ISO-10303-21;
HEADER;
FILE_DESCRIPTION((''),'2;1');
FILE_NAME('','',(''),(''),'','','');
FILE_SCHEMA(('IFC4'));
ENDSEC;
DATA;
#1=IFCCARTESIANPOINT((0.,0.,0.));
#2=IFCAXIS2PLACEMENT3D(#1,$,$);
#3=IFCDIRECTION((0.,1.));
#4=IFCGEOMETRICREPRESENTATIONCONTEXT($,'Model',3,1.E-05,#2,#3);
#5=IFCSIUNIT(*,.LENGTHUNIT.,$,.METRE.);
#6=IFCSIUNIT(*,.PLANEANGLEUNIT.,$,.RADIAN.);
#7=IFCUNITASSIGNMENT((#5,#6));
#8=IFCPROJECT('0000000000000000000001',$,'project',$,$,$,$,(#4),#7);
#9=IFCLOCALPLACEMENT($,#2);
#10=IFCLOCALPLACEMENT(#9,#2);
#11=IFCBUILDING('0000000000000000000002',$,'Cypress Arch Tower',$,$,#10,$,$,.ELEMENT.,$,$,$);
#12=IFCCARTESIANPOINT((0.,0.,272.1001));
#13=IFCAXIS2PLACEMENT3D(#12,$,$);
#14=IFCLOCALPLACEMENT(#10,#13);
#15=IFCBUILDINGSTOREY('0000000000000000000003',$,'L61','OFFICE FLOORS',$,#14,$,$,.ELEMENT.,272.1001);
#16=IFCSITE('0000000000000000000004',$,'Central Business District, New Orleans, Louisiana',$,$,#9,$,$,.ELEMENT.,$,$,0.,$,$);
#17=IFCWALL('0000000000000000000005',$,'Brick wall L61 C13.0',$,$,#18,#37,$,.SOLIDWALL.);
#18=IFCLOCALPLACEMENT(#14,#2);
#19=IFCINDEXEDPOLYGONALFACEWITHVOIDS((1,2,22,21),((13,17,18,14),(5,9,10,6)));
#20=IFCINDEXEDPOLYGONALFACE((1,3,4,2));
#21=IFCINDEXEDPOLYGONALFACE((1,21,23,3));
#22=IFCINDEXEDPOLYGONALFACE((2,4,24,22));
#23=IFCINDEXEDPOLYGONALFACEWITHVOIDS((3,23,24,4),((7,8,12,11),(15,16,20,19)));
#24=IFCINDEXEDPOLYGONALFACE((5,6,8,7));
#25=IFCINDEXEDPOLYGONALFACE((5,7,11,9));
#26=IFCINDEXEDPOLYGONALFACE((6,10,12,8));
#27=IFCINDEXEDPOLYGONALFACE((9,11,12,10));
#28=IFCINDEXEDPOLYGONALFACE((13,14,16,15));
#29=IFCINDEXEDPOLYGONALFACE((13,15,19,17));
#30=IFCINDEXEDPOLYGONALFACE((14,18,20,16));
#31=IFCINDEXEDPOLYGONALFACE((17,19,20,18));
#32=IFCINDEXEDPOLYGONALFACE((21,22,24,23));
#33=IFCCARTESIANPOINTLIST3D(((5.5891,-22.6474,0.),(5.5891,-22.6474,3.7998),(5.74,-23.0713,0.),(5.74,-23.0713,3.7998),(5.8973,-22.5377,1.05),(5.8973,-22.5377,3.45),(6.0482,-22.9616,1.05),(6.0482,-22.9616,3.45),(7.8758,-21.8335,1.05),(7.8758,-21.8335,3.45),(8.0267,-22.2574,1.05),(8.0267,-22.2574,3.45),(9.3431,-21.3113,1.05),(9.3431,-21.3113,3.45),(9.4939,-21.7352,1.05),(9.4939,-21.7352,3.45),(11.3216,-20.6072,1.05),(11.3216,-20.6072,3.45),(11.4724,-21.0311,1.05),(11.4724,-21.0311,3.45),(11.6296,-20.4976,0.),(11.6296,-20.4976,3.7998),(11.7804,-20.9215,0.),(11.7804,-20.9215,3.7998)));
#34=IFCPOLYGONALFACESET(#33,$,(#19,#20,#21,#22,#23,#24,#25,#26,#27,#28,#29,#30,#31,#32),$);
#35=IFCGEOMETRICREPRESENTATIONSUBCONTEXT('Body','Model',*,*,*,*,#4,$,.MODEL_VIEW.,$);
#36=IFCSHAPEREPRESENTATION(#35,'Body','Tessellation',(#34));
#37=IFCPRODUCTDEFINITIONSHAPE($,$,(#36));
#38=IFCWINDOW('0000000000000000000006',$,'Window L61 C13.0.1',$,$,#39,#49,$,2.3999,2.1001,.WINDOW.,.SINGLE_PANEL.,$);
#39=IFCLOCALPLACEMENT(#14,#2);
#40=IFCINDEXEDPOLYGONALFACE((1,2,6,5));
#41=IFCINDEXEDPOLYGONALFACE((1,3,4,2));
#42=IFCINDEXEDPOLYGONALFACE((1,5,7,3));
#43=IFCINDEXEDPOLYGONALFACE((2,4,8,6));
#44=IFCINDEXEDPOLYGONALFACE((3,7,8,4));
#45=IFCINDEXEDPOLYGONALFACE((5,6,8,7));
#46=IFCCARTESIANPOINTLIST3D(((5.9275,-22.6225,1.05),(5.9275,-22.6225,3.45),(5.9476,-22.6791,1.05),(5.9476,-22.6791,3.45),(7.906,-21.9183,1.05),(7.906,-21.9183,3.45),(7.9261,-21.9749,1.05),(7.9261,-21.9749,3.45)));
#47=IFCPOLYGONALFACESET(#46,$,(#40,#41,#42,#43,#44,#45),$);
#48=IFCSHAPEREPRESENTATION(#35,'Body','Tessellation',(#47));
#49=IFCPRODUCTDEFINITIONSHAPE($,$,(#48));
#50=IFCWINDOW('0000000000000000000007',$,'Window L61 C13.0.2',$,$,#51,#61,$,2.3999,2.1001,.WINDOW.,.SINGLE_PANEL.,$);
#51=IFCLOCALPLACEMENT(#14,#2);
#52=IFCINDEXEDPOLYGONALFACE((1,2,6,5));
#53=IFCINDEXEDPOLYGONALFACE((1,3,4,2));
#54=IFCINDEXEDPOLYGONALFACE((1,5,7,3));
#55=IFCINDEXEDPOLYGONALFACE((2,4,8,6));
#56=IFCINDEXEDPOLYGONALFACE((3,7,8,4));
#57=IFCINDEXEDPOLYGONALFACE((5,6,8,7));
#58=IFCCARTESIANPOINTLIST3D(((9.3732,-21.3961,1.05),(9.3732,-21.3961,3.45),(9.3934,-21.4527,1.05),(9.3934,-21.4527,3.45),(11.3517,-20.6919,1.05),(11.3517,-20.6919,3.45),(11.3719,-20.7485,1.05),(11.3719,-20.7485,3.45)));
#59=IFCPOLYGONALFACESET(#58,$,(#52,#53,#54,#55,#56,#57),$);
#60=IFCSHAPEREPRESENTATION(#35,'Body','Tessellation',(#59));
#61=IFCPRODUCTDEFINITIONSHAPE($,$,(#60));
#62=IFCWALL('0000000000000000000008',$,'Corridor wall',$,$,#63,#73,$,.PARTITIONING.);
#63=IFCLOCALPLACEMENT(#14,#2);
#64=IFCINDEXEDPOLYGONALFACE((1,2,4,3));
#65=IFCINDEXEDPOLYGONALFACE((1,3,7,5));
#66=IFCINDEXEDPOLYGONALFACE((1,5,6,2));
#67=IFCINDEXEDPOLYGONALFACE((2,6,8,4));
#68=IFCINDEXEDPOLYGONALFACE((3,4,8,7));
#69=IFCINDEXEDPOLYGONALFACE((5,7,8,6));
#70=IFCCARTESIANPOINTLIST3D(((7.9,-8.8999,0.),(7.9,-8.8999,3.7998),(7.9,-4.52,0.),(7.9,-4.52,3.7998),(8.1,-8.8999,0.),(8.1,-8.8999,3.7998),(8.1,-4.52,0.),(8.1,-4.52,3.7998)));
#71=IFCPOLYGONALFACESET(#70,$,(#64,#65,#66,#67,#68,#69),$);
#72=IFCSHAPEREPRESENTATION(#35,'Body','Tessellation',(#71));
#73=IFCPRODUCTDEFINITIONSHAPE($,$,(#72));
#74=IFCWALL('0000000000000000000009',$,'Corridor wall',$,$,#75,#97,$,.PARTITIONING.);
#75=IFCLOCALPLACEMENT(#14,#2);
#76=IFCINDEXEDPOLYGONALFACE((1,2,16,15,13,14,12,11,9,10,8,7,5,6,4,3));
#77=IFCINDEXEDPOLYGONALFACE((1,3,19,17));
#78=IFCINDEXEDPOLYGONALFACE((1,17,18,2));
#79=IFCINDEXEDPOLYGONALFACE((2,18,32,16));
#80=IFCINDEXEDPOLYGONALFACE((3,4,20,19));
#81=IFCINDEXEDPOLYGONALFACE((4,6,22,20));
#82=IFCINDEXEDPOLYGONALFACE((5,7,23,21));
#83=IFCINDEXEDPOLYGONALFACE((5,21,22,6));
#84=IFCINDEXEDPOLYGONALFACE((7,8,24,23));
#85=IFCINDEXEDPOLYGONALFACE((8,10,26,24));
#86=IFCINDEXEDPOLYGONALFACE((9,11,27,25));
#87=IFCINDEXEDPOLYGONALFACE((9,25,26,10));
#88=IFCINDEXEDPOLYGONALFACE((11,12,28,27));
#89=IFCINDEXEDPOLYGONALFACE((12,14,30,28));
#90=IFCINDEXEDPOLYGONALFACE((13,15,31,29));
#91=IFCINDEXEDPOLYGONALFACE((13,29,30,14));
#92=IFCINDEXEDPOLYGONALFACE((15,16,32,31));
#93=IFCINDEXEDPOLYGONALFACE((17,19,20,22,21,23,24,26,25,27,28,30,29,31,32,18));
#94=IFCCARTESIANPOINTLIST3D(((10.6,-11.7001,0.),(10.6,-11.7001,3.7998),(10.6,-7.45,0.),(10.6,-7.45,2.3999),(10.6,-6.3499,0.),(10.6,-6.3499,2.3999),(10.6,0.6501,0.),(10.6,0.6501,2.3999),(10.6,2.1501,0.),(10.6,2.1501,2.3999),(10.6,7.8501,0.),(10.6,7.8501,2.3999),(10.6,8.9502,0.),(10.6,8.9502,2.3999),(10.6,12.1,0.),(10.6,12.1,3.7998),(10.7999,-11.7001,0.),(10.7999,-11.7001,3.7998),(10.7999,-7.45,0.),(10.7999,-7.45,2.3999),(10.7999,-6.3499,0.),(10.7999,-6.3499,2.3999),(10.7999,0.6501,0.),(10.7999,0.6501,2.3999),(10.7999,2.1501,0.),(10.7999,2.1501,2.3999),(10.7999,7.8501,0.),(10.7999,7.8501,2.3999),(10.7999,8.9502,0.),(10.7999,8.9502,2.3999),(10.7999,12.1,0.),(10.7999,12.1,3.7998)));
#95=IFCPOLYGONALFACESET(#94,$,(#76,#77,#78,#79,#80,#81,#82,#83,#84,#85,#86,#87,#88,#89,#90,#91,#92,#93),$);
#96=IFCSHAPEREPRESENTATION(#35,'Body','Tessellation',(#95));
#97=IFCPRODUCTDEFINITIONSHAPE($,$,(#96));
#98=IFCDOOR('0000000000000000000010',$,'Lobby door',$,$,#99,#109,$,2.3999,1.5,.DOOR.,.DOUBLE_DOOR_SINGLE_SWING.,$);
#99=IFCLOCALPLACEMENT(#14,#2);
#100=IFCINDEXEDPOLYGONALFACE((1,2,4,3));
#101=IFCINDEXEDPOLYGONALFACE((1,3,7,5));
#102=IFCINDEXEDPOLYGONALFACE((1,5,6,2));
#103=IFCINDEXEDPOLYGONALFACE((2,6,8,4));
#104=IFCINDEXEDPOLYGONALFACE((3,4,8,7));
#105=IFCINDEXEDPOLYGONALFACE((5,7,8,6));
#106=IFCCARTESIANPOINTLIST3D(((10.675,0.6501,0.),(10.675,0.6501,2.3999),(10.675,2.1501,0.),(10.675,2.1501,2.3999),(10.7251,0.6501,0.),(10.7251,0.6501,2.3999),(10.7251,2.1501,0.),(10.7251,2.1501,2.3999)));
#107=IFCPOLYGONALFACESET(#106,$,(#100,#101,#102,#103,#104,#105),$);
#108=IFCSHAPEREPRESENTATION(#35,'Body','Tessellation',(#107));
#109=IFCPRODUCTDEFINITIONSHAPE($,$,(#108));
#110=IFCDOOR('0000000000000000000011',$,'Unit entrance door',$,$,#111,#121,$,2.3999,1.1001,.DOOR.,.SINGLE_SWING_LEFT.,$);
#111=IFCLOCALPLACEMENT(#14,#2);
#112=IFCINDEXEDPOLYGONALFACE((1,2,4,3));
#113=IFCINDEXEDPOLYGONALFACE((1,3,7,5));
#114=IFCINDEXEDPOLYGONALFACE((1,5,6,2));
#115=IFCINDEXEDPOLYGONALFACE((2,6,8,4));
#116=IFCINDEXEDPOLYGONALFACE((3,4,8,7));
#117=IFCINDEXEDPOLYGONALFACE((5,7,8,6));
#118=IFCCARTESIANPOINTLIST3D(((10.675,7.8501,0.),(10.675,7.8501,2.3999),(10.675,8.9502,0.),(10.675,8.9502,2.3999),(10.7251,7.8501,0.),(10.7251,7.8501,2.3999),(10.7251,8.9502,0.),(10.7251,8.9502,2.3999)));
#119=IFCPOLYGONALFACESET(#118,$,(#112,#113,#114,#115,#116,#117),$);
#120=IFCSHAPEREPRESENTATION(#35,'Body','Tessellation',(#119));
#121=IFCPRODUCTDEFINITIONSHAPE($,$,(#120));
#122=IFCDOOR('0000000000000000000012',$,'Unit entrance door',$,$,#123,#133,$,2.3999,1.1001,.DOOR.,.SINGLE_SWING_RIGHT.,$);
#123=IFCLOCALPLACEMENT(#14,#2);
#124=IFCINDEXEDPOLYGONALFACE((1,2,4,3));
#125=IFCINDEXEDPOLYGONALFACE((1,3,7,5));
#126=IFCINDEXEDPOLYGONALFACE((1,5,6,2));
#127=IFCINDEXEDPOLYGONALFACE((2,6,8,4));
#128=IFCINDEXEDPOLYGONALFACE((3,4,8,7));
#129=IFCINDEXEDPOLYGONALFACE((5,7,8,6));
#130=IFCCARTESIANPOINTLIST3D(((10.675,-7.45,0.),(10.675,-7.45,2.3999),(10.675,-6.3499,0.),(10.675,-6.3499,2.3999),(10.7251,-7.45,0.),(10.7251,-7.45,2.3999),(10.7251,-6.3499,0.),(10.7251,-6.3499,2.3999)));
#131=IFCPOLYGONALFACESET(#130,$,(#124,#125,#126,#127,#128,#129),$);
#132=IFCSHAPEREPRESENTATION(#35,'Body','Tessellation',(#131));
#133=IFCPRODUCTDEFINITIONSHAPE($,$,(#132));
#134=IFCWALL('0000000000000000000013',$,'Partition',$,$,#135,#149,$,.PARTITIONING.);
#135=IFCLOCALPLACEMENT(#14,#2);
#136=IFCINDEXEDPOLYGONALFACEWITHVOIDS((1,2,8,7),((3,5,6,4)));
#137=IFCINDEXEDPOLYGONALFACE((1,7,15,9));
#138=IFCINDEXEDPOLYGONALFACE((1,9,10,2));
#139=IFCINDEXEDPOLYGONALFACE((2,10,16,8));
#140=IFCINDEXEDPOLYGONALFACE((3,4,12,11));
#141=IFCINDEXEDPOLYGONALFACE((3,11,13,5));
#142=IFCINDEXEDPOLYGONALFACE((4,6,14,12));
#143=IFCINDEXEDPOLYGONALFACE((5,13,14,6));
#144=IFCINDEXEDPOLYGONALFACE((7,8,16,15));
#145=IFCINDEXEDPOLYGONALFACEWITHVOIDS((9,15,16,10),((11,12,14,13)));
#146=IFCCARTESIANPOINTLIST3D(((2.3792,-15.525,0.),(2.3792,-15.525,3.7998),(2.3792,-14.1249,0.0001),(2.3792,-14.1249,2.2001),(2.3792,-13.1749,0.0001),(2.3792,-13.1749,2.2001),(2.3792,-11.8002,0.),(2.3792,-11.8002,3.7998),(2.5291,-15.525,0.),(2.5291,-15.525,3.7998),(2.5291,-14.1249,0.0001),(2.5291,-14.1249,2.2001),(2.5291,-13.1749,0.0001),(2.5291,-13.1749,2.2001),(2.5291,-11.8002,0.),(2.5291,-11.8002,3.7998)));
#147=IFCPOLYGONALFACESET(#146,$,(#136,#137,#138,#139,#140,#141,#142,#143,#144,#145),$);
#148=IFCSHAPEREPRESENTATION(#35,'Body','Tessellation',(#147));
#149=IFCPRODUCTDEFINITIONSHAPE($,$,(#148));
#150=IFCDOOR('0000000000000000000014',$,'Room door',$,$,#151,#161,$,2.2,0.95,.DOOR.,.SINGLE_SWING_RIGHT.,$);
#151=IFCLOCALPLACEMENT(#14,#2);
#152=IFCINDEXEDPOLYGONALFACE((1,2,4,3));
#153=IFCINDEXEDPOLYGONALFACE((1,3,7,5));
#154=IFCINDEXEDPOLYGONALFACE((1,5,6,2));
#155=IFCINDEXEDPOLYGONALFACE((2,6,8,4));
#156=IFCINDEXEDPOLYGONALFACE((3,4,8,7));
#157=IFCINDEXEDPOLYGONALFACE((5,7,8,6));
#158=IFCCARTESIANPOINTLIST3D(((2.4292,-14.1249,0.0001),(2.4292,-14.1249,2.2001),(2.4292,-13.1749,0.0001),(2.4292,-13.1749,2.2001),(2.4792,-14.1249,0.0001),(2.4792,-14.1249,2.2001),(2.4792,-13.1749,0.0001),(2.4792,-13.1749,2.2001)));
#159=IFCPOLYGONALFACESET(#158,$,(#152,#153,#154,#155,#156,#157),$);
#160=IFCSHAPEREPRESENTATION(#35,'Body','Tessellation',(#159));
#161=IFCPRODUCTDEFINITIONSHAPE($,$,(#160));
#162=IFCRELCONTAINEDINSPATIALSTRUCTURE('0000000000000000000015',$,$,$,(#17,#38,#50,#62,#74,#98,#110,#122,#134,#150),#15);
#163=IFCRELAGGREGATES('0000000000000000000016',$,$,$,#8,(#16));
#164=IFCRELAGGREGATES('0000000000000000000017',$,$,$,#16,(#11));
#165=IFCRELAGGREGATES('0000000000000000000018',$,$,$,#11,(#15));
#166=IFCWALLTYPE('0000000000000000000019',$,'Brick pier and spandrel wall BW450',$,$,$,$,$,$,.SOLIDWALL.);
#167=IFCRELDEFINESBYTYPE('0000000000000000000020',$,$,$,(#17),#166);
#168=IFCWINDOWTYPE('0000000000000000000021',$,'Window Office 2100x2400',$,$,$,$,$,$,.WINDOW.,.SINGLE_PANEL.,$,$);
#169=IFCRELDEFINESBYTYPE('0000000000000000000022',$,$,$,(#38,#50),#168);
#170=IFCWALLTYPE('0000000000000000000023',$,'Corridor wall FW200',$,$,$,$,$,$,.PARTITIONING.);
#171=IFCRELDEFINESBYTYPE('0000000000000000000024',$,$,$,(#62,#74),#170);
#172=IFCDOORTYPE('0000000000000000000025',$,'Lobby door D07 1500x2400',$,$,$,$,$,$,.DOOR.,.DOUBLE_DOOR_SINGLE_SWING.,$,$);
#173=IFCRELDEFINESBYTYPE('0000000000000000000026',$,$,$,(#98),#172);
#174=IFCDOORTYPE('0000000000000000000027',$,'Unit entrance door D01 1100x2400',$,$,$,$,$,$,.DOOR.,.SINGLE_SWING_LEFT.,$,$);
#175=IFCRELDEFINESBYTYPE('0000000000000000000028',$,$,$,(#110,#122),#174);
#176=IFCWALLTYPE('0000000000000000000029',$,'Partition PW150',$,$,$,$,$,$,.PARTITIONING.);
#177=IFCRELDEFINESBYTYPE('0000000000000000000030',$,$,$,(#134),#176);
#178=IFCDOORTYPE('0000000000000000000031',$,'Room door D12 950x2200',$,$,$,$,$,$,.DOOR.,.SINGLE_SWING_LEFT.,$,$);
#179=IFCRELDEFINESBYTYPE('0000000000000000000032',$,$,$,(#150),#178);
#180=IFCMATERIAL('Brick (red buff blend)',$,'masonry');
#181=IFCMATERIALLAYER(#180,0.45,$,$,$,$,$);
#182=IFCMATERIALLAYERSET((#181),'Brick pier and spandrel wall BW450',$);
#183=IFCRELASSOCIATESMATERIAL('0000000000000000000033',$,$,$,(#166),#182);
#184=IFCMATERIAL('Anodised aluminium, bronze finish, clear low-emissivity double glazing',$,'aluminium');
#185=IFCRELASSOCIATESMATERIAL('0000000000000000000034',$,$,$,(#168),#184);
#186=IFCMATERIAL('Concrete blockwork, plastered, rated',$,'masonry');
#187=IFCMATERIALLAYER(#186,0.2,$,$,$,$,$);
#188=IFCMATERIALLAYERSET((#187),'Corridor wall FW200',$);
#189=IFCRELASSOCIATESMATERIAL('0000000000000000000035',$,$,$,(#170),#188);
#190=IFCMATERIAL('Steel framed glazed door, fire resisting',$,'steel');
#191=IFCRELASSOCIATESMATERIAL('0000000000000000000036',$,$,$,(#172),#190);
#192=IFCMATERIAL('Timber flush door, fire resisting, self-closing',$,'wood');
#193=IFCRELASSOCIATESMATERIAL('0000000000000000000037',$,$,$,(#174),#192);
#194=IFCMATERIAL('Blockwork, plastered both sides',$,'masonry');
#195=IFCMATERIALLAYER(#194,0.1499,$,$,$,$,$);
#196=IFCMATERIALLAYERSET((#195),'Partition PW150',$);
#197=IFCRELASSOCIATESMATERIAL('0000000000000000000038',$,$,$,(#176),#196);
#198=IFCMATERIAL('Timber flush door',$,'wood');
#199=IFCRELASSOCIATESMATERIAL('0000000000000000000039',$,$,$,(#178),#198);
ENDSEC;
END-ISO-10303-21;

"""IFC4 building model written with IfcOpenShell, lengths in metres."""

from ifc_helpers import new_model, si_unit, direction, frame, frame_2d, origin, place, context, subcontext, project, spatial, rectangle, extrude, material, layer, layer_set, type_object, element, fill, save


model = new_model("IFC4")

# Units and contexts
model_context = context("Model", 3, precision=1e-05, world=origin(), true_north=direction((0.0, 1.0)))
body_context = subcontext(model_context, "Body", "Model", "MODEL_VIEW")
ifc_project = project(units=[si_unit("LENGTHUNIT", "METRE"), si_unit("PLANEANGLEUNIT", "RADIAN")], contexts=[model_context])

# Site, building, storey
site_placement = place(None, origin())
site = spatial("IfcSite", under=ifc_project, at=site_placement, Name="Central Business District, New Orleans, Louisiana", CompositionType="ELEMENT", RefElevation=0.0)
building_placement = place(site_placement, origin())
building = spatial("IfcBuilding", under=site, at=building_placement, Name="Cypress Arch Tower", CompositionType="ELEMENT")
storey_placement = place(building_placement, frame((0.0, 0.0, 272.1001)))
storey = spatial("IfcBuildingStorey", under=building, at=storey_placement, Name="L61", Description="OFFICE FLOORS", CompositionType="ELEMENT", Elevation=272.1001)

# Wall, openings, windows
ifc_material_1 = material(Name="Brick (red buff blend)", Category="masonry")
ifc_layer_1 = layer(ifc_material_1, 0.45)
ifc_layer_set_1 = layer_set([ifc_layer_1], Name="Brick pier and spandrel wall BW450")
wall_type_1 = type_object("IfcWallType", Name="Brick pier and spandrel wall BW450", PredefinedType="SOLIDWALL", material=ifc_layer_set_1)
wall_1_placement = place(storey_placement, frame((5.6646, -22.8594, 0.0), z_axis=(0.0, 0.0, 1.0), x_axis=(0.942108, 0.335309, 0.0)))
wall_1 = element("IfcWall", 1, at=wall_1_placement, inside=storey, type_object=wall_type_1, Name="Brick wall L61 C13.0", PredefinedType="SOLIDWALL", context=body_context, shape_type="SweptSolid", body=[
    extrude(rectangle(XDim=6.4116, YDim=0.45, at=frame_2d((3.2058, 0.0))), origin(), (0.0, 0.0, 1.0), 3.7998),
])
opening_1_placement = place(wall_1_placement, frame((0.3271, 0.0, 1.05)))
opening_1 = element("IfcOpeningElement", 2, at=opening_1_placement, cuts=wall_1, PredefinedType="OPENING", context=body_context, shape_type="SweptSolid", body=[
    extrude(rectangle(XDim=2.1001, YDim=2.3999, at=frame_2d((1.05, 1.2))), frame((0.0, 0.2349, 0.0), z_axis=(0.0, -1.0, 0.0), x_axis=(1.0, 0.0, 0.0)), (0.0, 0.0, 1.0), 0.47),
])
opening_2_placement = place(wall_1_placement, frame((3.9846, 0.0, 1.05)))
opening_2 = element("IfcOpeningElement", 3, at=opening_2_placement, cuts=wall_1, PredefinedType="OPENING", context=body_context, shape_type="SweptSolid", body=[
    extrude(rectangle(XDim=2.1001, YDim=2.3999, at=frame_2d((1.05, 1.2))), frame((0.0, 0.2349, 0.0), z_axis=(0.0, -1.0, 0.0), x_axis=(1.0, 0.0, 0.0)), (0.0, 0.0, 1.0), 0.47),
])
ifc_material_2 = material(Name="Anodised aluminium, bronze finish, clear low-emissivity double glazing", Category="aluminium")
window_type = type_object("IfcWindowType", Name="Window Office 2100x2400", PartitioningType="SINGLE_PANEL", PredefinedType="WINDOW", material=ifc_material_2)
window_1_placement = place(opening_1_placement, origin())
window_1 = element("IfcWindow", 4, at=window_1_placement, inside=storey, type_object=window_type, Name="Window L61 C13.0.1", OverallHeight=2.3999, OverallWidth=2.1001, PartitioningType="SINGLE_PANEL", PredefinedType="WINDOW", context=body_context, shape_type="SweptSolid", body=[
    extrude(rectangle(XDim=2.1001, YDim=2.3999, at=frame_2d((1.05, 1.2))), frame((0.0, 0.135, 0.0), z_axis=(0.0, -1.0, 0.0), x_axis=(1.0, 0.0, 0.0)), (0.0, 0.0, 1.0), 0.0601),
])
fill(opening_1, window_1)
window_2_placement = place(opening_2_placement, origin())
window_2 = element("IfcWindow", 5, at=window_2_placement, inside=storey, type_object=window_type, Name="Window L61 C13.0.2", OverallHeight=2.3999, OverallWidth=2.1001, PartitioningType="SINGLE_PANEL", PredefinedType="WINDOW", context=body_context, shape_type="SweptSolid", body=[
    extrude(rectangle(XDim=2.1001, YDim=2.3999, at=frame_2d((1.05, 1.2))), frame((0.0, 0.135, 0.0), z_axis=(0.0, -1.0, 0.0), x_axis=(1.0, 0.0, 0.0)), (0.0, 0.0, 1.0), 0.0601),
])
fill(opening_2, window_2)

# Wall
ifc_material_3 = material(Name="Concrete blockwork, plastered, rated", Category="masonry")
ifc_layer_2 = layer(ifc_material_3, 0.2)
ifc_layer_set_2 = layer_set([ifc_layer_2], Name="Corridor wall FW200")
wall_type_2 = type_object("IfcWallType", Name="Corridor wall FW200", PredefinedType="PARTITIONING", material=ifc_layer_set_2)
wall_2_placement = place(storey_placement, frame((8.0, -8.8999, 0.0), z_axis=(0.0, 0.0, 1.0), x_axis=(0.0, 1.0, 0.0)))
element("IfcWall", 6, at=wall_2_placement, inside=storey, type_object=wall_type_2, Name="Corridor wall", PredefinedType="PARTITIONING", context=body_context, shape_type="SweptSolid", body=[
    extrude(rectangle(XDim=4.3799, YDim=0.2, at=frame_2d((2.1899, 0.0))), origin(), (0.0, 0.0, 1.0), 3.7998),
])

# Wall, openings, doors
wall_3_placement = place(storey_placement, frame((10.7, -11.7, 0.0), z_axis=(0.0, 0.0, 1.0), x_axis=(0.0, 1.0, 0.0)))
wall_3 = element("IfcWall", 7, at=wall_3_placement, inside=storey, type_object=wall_type_2, Name="Corridor wall", PredefinedType="PARTITIONING", context=body_context, shape_type="SweptSolid", body=[
    extrude(rectangle(XDim=23.8, YDim=0.2, at=frame_2d((11.8999, 0.0))), origin(), (0.0, 0.0, 1.0), 3.7998),
])
opening_3_placement = place(wall_3_placement, frame((12.3501, 0.0, 0.0)))
opening_3 = element("IfcOpeningElement", 8, at=opening_3_placement, cuts=wall_3, PredefinedType="OPENING", context=body_context, shape_type="SweptSolid", body=[
    extrude(rectangle(XDim=1.5, YDim=2.3999, at=frame_2d((0.75, 1.2))), frame((0.0, 0.1099, 0.0), z_axis=(0.0, -1.0, 0.0), x_axis=(1.0, 0.0, 0.0)), (0.0, 0.0, 1.0), 0.22),
])
opening_4_placement = place(wall_3_placement, frame((19.55, 0.0, 0.0)))
opening_4 = element("IfcOpeningElement", 9, at=opening_4_placement, cuts=wall_3, PredefinedType="OPENING", context=body_context, shape_type="SweptSolid", body=[
    extrude(rectangle(XDim=1.1001, YDim=2.3999, at=frame_2d((0.55, 1.2))), frame((0.0, 0.1099, 0.0), z_axis=(0.0, -1.0, 0.0), x_axis=(1.0, 0.0, 0.0)), (0.0, 0.0, 1.0), 0.22),
])
opening_5_placement = place(wall_3_placement, frame((4.25, 0.0, 0.0)))
opening_5 = element("IfcOpeningElement", 10, at=opening_5_placement, cuts=wall_3, PredefinedType="OPENING", context=body_context, shape_type="SweptSolid", body=[
    extrude(rectangle(XDim=1.1001, YDim=2.3999, at=frame_2d((0.55, 1.2))), frame((0.0, 0.1099, 0.0), z_axis=(0.0, -1.0, 0.0), x_axis=(1.0, 0.0, 0.0)), (0.0, 0.0, 1.0), 0.22),
])
ifc_material_4 = material(Name="Steel framed glazed door, fire resisting", Category="steel")
door_type_1 = type_object("IfcDoorType", Name="Lobby door D07 1500x2400", OperationType="DOUBLE_DOOR_SINGLE_SWING", PredefinedType="DOOR", material=ifc_material_4)
door_1_placement = place(opening_3_placement, origin())
door_1 = element("IfcDoor", 11, at=door_1_placement, inside=storey, type_object=door_type_1, Name="Lobby door", OperationType="DOUBLE_DOOR_SINGLE_SWING", OverallHeight=2.3999, OverallWidth=1.5, PredefinedType="DOOR", context=body_context, shape_type="SweptSolid", body=[
    extrude(rectangle(XDim=1.5, YDim=2.3999, at=frame_2d((0.75, 1.2))), frame((0.0, 0.0249, 0.0), z_axis=(0.0, -1.0, 0.0), x_axis=(1.0, 0.0, 0.0)), (0.0, 0.0, 1.0), 0.05),
])
fill(opening_3, door_1)
ifc_material_5 = material(Name="Timber flush door, fire resisting, self-closing", Category="wood")
door_type_2 = type_object("IfcDoorType", Name="Unit entrance door D01 1100x2400", OperationType="SINGLE_SWING_LEFT", PredefinedType="DOOR", material=ifc_material_5)
door_2_placement = place(opening_4_placement, origin())
door_2 = element("IfcDoor", 12, at=door_2_placement, inside=storey, type_object=door_type_2, Name="Unit entrance door", OperationType="SINGLE_SWING_LEFT", OverallHeight=2.3999, OverallWidth=1.1001, PredefinedType="DOOR", context=body_context, shape_type="SweptSolid", body=[
    extrude(rectangle(XDim=1.1001, YDim=2.3999, at=frame_2d((0.55, 1.2))), frame((0.0, 0.0249, 0.0), z_axis=(0.0, -1.0, 0.0), x_axis=(1.0, 0.0, 0.0)), (0.0, 0.0, 1.0), 0.05),
])
fill(opening_4, door_2)
door_3_placement = place(opening_5_placement, origin())
door_3 = element("IfcDoor", 13, at=door_3_placement, inside=storey, type_object=door_type_2, Name="Unit entrance door", OperationType="SINGLE_SWING_RIGHT", OverallHeight=2.3999, OverallWidth=1.1001, PredefinedType="DOOR", context=body_context, shape_type="SweptSolid", body=[
    extrude(rectangle(XDim=1.1001, YDim=2.3999, at=frame_2d((0.55, 1.2))), frame((0.0, 0.0249, 0.0), z_axis=(0.0, -1.0, 0.0), x_axis=(1.0, 0.0, 0.0)), (0.0, 0.0, 1.0), 0.05),
])
fill(opening_5, door_3)

# Wall, opening, door
ifc_material_6 = material(Name="Blockwork, plastered both sides", Category="masonry")
ifc_layer_3 = layer(ifc_material_6, 0.1499)
ifc_layer_set_3 = layer_set([ifc_layer_3], Name="Partition PW150")
wall_type_3 = type_object("IfcWallType", Name="Partition PW150", PredefinedType="PARTITIONING", material=ifc_layer_set_3)
wall_4_placement = place(storey_placement, frame((2.4541, -15.5249, 0.0), z_axis=(0.0, 0.0, 1.0), x_axis=(0.0, 1.0, 0.0)))
wall_4 = element("IfcWall", 14, at=wall_4_placement, inside=storey, type_object=wall_type_3, Name="Partition", PredefinedType="PARTITIONING", context=body_context, shape_type="SweptSolid", body=[
    extrude(rectangle(XDim=3.7249, YDim=0.1499, at=frame_2d((1.8623, 0.0))), origin(), (0.0, 0.0, 1.0), 3.7998),
])
opening_6_placement = place(wall_4_placement, frame((1.3999, 0.0, 0.0)))
opening_6 = element("IfcOpeningElement", 15, at=opening_6_placement, cuts=wall_4, PredefinedType="OPENING", context=body_context, shape_type="SweptSolid", body=[
    extrude(rectangle(XDim=0.95, YDim=2.2, at=frame_2d((0.4751, 1.1001))), frame((0.0, 0.085, 0.0), z_axis=(0.0, -1.0, 0.0), x_axis=(1.0, 0.0, 0.0)), (0.0, 0.0, 1.0), 0.1699),
])
ifc_material_7 = material(Name="Timber flush door", Category="wood")
door_type_3 = type_object("IfcDoorType", Name="Room door D12 950x2200", OperationType="SINGLE_SWING_LEFT", PredefinedType="DOOR", material=ifc_material_7)
door_4_placement = place(opening_6_placement, origin())
door_4 = element("IfcDoor", 16, at=door_4_placement, inside=storey, type_object=door_type_3, Name="Room door", OperationType="SINGLE_SWING_RIGHT", OverallHeight=2.2, OverallWidth=0.95, PredefinedType="DOOR", context=body_context, shape_type="SweptSolid", body=[
    extrude(rectangle(XDim=0.95, YDim=2.2, at=frame_2d((0.4751, 1.1001))), frame((0.0, 0.0249, 0.0), z_axis=(0.0, -1.0, 0.0), x_axis=(1.0, 0.0, 0.0)), (0.0, 0.0, 1.0), 0.05),
])
fill(opening_6, door_4)

save(model, "model.ifc")
